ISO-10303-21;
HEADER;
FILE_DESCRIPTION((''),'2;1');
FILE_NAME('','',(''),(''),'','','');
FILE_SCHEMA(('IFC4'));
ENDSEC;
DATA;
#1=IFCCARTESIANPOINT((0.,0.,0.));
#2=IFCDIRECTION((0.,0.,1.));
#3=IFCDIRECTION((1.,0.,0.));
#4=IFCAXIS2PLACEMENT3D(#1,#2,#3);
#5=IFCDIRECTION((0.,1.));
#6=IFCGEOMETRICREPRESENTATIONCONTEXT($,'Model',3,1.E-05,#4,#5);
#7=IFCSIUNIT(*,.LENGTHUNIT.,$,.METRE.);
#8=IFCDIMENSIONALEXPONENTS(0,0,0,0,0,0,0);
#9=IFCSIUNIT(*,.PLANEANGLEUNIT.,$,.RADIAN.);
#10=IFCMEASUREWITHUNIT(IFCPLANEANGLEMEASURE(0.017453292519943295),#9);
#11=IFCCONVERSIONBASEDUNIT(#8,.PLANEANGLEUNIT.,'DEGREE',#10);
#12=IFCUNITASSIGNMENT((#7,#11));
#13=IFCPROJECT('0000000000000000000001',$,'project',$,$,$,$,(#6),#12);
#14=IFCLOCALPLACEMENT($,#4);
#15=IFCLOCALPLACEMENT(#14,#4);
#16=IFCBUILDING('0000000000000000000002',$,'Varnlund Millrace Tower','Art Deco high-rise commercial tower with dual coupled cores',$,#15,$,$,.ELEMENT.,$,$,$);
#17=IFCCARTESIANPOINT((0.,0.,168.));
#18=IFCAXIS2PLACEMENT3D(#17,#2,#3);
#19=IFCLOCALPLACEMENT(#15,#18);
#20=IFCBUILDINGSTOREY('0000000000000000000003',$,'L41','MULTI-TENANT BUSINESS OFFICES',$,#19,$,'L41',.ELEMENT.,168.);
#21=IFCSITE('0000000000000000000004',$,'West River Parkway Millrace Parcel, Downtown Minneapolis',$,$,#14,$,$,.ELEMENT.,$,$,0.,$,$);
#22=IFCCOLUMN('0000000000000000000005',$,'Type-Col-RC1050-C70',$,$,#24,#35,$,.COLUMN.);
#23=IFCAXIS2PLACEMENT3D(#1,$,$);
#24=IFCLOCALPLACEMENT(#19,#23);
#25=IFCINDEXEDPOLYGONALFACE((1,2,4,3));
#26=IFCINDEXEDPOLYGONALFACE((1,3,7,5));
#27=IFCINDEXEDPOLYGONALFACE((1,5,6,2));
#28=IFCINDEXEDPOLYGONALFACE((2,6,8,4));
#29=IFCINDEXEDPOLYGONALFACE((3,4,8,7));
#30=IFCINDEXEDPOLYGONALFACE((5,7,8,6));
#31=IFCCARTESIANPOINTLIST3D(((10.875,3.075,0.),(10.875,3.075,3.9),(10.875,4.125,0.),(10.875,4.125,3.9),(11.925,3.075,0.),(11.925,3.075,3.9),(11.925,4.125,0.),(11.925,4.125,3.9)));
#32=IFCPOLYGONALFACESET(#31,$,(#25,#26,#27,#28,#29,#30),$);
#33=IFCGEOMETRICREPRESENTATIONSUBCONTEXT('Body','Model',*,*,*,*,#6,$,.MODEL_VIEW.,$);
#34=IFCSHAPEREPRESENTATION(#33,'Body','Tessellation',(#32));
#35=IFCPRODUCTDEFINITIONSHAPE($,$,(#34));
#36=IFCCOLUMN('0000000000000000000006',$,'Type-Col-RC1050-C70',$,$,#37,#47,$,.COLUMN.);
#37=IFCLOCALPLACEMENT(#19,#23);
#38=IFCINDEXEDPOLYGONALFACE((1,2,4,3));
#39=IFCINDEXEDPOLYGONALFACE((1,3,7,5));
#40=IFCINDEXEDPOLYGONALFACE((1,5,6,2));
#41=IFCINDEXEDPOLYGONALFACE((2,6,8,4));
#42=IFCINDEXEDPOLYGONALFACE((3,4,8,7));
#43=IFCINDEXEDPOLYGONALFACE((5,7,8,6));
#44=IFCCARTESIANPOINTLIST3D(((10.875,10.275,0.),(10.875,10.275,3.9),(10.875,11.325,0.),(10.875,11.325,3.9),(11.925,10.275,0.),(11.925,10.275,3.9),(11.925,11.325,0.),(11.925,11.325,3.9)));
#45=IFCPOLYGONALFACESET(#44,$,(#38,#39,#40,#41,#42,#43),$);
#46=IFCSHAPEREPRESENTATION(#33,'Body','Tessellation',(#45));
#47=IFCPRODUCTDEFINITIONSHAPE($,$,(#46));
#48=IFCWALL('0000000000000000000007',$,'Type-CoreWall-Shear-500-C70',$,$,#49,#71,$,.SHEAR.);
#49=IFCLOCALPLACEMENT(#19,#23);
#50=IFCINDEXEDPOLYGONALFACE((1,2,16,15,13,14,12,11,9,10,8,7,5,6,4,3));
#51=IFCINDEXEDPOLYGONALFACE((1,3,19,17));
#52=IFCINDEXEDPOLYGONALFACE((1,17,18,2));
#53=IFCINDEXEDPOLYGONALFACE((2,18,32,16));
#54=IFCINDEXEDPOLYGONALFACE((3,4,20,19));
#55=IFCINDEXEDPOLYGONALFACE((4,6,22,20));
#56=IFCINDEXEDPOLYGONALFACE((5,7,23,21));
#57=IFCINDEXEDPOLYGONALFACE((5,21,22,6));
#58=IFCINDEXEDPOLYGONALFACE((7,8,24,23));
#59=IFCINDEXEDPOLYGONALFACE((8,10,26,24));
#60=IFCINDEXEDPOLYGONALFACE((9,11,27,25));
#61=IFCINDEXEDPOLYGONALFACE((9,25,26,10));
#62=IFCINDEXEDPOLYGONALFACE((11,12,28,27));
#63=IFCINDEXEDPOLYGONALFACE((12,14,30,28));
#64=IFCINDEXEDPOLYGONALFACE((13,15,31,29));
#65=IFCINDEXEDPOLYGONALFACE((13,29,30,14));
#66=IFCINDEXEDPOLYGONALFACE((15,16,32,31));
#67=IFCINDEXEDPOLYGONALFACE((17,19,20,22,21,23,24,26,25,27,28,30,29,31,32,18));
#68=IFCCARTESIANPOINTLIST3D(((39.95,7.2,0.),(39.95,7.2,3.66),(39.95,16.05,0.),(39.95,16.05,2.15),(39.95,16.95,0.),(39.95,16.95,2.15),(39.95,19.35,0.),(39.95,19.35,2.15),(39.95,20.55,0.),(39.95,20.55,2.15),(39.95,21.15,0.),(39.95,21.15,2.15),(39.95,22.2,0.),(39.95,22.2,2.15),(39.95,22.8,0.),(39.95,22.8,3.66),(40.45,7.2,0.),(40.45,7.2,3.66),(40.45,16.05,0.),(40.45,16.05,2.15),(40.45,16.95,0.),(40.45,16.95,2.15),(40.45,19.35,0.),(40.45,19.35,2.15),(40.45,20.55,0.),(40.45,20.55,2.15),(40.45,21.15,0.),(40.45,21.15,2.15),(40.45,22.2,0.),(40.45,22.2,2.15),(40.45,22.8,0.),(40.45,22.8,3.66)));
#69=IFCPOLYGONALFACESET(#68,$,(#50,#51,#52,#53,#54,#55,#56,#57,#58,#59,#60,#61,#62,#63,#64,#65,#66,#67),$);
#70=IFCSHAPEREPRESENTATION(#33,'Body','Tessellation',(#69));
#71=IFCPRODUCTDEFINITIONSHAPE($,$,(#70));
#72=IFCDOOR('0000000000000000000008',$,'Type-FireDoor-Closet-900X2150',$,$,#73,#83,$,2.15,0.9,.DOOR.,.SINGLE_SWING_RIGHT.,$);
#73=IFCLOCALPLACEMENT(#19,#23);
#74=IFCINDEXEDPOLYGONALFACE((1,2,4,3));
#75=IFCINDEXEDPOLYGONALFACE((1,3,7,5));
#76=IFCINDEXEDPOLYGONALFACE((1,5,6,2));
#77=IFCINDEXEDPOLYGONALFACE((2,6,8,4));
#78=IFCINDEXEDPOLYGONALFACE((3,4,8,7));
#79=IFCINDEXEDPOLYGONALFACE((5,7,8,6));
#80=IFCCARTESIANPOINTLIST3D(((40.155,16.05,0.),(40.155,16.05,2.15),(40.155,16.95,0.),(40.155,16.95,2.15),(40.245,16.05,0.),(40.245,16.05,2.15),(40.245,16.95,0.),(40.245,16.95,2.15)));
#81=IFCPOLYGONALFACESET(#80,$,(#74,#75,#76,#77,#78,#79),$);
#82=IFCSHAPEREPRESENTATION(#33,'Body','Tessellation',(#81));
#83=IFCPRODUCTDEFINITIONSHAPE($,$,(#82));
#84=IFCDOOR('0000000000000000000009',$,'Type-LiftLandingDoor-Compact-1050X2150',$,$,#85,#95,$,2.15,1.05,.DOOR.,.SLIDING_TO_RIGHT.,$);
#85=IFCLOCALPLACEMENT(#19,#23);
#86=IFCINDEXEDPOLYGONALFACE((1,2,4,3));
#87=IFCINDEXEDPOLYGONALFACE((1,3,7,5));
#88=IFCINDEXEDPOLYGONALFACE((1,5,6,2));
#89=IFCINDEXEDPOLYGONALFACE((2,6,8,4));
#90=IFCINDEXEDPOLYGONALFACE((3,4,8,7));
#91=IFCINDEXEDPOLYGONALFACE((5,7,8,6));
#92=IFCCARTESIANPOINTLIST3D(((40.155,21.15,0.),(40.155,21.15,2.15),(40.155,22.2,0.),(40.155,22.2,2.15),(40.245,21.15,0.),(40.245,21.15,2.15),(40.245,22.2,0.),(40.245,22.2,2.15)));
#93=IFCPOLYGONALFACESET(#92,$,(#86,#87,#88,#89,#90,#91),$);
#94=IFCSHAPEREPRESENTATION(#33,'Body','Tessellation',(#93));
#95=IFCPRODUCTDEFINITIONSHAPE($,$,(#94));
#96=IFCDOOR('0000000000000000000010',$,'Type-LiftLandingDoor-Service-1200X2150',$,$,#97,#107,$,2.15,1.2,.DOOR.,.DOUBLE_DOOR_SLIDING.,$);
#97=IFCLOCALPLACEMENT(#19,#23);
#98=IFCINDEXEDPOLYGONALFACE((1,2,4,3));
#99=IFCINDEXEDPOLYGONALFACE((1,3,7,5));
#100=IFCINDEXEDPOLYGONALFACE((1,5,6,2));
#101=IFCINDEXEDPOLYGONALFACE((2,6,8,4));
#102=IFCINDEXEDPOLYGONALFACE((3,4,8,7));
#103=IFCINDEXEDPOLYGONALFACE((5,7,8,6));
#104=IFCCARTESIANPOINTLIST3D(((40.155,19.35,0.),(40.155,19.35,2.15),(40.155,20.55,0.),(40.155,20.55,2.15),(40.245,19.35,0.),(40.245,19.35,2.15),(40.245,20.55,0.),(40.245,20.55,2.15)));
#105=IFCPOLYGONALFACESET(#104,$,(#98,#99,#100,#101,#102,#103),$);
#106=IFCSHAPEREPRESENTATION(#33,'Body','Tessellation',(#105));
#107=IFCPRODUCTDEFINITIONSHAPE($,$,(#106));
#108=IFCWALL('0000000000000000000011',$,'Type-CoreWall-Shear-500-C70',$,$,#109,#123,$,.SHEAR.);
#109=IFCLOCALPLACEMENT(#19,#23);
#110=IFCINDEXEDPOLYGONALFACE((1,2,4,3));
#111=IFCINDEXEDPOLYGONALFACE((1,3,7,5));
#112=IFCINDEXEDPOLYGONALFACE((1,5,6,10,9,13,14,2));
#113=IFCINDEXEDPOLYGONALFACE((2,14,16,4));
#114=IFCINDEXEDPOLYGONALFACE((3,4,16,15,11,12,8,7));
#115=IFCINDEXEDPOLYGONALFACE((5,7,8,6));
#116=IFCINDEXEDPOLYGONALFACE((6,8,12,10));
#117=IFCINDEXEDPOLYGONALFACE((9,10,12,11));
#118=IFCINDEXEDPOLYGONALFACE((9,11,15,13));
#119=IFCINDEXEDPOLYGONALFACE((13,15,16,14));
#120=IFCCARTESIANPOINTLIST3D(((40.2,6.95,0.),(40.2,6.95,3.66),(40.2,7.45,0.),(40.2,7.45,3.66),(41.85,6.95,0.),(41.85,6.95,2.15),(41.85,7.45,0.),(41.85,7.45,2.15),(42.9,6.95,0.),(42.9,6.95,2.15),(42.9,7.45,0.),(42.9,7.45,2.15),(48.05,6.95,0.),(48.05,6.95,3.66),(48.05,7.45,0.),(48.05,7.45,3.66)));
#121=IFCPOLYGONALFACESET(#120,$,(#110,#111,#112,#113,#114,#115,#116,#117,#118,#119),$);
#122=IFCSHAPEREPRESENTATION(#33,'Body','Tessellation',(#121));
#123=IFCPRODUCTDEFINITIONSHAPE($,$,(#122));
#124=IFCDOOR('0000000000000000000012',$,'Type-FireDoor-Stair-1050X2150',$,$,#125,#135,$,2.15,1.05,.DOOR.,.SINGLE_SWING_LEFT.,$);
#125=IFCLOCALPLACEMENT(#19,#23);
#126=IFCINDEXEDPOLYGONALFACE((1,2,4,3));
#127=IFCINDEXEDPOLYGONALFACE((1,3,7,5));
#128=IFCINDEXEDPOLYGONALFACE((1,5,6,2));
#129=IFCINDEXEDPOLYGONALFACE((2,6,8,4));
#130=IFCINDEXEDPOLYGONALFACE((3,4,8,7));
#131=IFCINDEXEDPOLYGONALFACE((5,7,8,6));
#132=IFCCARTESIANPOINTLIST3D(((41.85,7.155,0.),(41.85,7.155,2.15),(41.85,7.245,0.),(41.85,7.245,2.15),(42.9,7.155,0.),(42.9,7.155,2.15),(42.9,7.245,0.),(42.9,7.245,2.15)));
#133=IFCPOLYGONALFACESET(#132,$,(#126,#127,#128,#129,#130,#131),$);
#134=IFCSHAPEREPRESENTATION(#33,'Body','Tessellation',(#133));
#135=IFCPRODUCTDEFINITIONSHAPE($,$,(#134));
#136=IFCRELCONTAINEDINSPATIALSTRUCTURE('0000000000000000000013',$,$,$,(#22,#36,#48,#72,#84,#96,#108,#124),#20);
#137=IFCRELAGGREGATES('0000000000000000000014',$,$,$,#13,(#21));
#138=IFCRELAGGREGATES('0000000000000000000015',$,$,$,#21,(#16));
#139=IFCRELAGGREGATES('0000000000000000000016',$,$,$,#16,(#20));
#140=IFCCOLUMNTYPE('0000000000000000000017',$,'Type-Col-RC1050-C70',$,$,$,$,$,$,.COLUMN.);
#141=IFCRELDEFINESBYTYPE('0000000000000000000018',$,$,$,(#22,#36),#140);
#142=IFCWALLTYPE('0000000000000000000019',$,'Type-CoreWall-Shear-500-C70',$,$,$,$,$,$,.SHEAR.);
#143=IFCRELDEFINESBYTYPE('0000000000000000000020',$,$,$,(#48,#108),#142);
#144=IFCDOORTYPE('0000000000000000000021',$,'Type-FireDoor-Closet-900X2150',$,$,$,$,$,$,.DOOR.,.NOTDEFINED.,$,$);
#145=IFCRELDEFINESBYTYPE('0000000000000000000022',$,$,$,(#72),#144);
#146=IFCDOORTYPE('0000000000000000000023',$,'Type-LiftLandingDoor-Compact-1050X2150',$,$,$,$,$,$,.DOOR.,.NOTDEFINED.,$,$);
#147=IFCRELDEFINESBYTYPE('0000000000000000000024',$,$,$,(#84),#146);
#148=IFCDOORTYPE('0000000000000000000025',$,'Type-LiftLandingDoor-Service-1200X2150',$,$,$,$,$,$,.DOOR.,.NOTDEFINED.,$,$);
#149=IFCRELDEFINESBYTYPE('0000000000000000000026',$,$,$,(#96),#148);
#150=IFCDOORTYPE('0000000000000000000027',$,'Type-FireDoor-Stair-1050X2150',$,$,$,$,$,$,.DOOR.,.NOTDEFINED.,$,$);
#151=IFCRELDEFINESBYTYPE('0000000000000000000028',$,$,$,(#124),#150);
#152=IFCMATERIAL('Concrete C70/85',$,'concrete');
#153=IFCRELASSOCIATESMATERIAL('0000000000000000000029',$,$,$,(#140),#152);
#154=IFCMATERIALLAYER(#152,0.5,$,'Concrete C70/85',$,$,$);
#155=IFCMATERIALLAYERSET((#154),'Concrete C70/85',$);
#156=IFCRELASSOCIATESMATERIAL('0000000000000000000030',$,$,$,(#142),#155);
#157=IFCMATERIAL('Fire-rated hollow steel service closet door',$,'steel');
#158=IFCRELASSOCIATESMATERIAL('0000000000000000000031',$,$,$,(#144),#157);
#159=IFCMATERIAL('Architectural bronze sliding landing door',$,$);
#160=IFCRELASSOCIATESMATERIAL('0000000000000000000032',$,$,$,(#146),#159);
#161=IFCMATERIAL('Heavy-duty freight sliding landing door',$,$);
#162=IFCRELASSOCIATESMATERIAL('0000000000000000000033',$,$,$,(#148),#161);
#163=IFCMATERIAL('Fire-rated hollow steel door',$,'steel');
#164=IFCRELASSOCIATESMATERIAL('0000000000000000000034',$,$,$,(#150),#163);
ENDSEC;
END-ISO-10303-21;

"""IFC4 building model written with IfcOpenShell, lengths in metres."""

from ifc_helpers import new_model, entity, si_unit, converted_unit, direction, frame, origin_with_axes, origin_2d_with_axis, place, context, subcontext, project, spatial, polyline, rectangle, outline, extrude, material, layer, layer_set, material_profile, profile_set, type_object, element, fill, save


model = new_model("IFC4")

# Units and contexts
model_context = context("Model", 3, precision=1e-05, world=origin_with_axes(), true_north=direction((0.0, 1.0)))
body_context = subcontext(model_context, "Body", "Model", "MODEL_VIEW")
ifc_project = project(units=[si_unit("LENGTHUNIT", "METRE"), converted_unit("PLANEANGLEUNIT", "DEGREE", entity("IfcPlaneAngleMeasure", 0.017453292519943295), si_unit("PLANEANGLEUNIT", "RADIAN"), dimensions=[0, 0, 0, 0, 0, 0, 0])], contexts=[model_context])

# Site, building, storey
site_placement = place(None, origin_with_axes())
site = spatial("IfcSite", under=ifc_project, at=site_placement, Name="West River Parkway Millrace Parcel, Downtown Minneapolis", CompositionType="ELEMENT", RefElevation=0.0)
building_placement = place(site_placement, origin_with_axes())
building = spatial("IfcBuilding", under=site, at=building_placement, Name="Varnlund Millrace Tower", Description="Art Deco high-rise commercial tower with dual coupled cores", CompositionType="ELEMENT")
storey_placement = place(building_placement, frame((0.0, 0.0, 168.0), z_axis=(0.0, 0.0, 1.0), x_axis=(1.0, 0.0, 0.0)))
storey = spatial("IfcBuildingStorey", under=building, at=storey_placement, Name="L41", Description="MULTI-TENANT BUSINESS OFFICES", LongName="L41", CompositionType="ELEMENT", Elevation=168.0)

# Columns
ifc_material_1 = material(Name="Concrete C70/85", Category="concrete")
ifc_material_profile = material_profile(ifc_material_1, rectangle(XDim=1.05, YDim=1.05, at=origin_2d_with_axis()), Name="Concrete C70/85")
ifc_profile_set = profile_set([ifc_material_profile], Name="Concrete C70/85")
column_type = type_object("IfcColumnType", Name="Type-Col-RC1050-C70", PredefinedType="COLUMN", material=ifc_profile_set)
for number, where, z_axis, x_axis, name in (
    (1, (11.4, 3.6, 0.0), (0.0, 0.0, 1.0), (1.0, 0.0, 0.0), "Type-Col-RC1050-C70"),
    (2, (11.4, 10.8, 0.0), (0.0, 0.0, 1.0), (1.0, 0.0, 0.0), "Type-Col-RC1050-C70"),
):
    element("IfcColumn", number, at=place(storey_placement, frame(where, z_axis=z_axis, x_axis=x_axis)), inside=storey, type_object=column_type, Name=name, PredefinedType="COLUMN", context=body_context, shape_type="SweptSolid", body=[
        extrude(rectangle(XDim=1.05, YDim=1.05, at=origin_2d_with_axis()), origin_with_axes(), (0.0, 0.0, 1.0), 3.9),
    ])

# Wall, openings, doors
ifc_layer_1 = layer(ifc_material_1, 0.5, Name="Concrete C70/85")
ifc_layer_set_1 = layer_set([ifc_layer_1], Name="Concrete C70/85")
wall_type_1 = type_object("IfcWallType", Name="Type-CoreWall-Shear-500-C70", PredefinedType="SHEAR", material=ifc_layer_set_1)
wall_1_placement = place(storey_placement, frame((40.2, 7.2, 0.0), z_axis=(0.0, 0.0, 1.0), x_axis=(0.0, 1.0, 0.0)))
wall_1 = element("IfcWall", 3, at=wall_1_placement, inside=storey, type_object=wall_type_1, Name="Type-CoreWall-Shear-500-C70", PredefinedType="SHEAR", context=body_context, shape_type="SweptSolid", body=[
    extrude(outline(polyline([(0.0, -0.25), (15.6, -0.25), (15.6, 0.25), (0.0, 0.25), (0.0, -0.25)])), origin_with_axes(), (0.0, 0.0, 1.0), 3.66),
])
opening_1_placement = place(wall_1_placement, frame((14.475, 0.0, 0.0), z_axis=(0.0, 0.0, 1.0), x_axis=(1.0, 0.0, 0.0)))
opening_1 = element("IfcOpeningElement", 4, at=opening_1_placement, cuts=wall_1, PredefinedType="OPENING", context=body_context, shape_type="SweptSolid", body=[
    extrude(rectangle(XDim=1.05, YDim=0.52, at=origin_2d_with_axis()), origin_with_axes(), (0.0, 0.0, 1.0), 2.15),
])
opening_2_placement = place(wall_1_placement, frame((12.75, 0.0, 0.0), z_axis=(0.0, 0.0, 1.0), x_axis=(1.0, 0.0, 0.0)))
opening_2 = element("IfcOpeningElement", 5, at=opening_2_placement, cuts=wall_1, PredefinedType="OPENING", context=body_context, shape_type="SweptSolid", body=[
    extrude(rectangle(XDim=1.2, YDim=0.52, at=origin_2d_with_axis()), origin_with_axes(), (0.0, 0.0, 1.0), 2.15),
])
opening_3_placement = place(wall_1_placement, frame((9.3, 0.0, 0.0), z_axis=(0.0, 0.0, 1.0), x_axis=(1.0, 0.0, 0.0)))
opening_3 = element("IfcOpeningElement", 6, at=opening_3_placement, cuts=wall_1, PredefinedType="OPENING", context=body_context, shape_type="SweptSolid", body=[
    extrude(rectangle(XDim=0.9, YDim=0.52, at=origin_2d_with_axis()), origin_with_axes(), (0.0, 0.0, 1.0), 2.15),
])
ifc_material_2 = material(Name="Fire-rated hollow steel service closet door", Category="steel")
door_type_1 = type_object("IfcDoorType", Name="Type-FireDoor-Closet-900X2150", OperationType="NOTDEFINED", PredefinedType="DOOR", material=ifc_material_2)
door_1_placement = place(wall_1_placement, frame((9.3, 0.0, 0.0), z_axis=(0.0, 0.0, 1.0), x_axis=(1.0, 0.0, 0.0)))
door_1 = element("IfcDoor", 7, at=door_1_placement, inside=storey, type_object=door_type_1, Name="Type-FireDoor-Closet-900X2150", OperationType="SINGLE_SWING_RIGHT", OverallHeight=2.15, OverallWidth=0.9, PredefinedType="DOOR", context=body_context, shape_type="SweptSolid", body=[
    extrude(rectangle(XDim=0.9, YDim=0.09, at=origin_2d_with_axis()), origin_with_axes(), (0.0, 0.0, 1.0), 2.15),
])
fill(opening_3, door_1)
ifc_material_3 = material(Name="Architectural bronze sliding landing door")
door_type_2 = type_object("IfcDoorType", Name="Type-LiftLandingDoor-Compact-1050X2150", OperationType="NOTDEFINED", PredefinedType="DOOR", material=ifc_material_3)
door_2_placement = place(wall_1_placement, frame((14.475, 0.0, 0.0), z_axis=(0.0, 0.0, 1.0), x_axis=(1.0, 0.0, 0.0)))
door_2 = element("IfcDoor", 8, at=door_2_placement, inside=storey, type_object=door_type_2, Name="Type-LiftLandingDoor-Compact-1050X2150", OperationType="SLIDING_TO_RIGHT", OverallHeight=2.15, OverallWidth=1.05, PredefinedType="DOOR", context=body_context, shape_type="SweptSolid", body=[
    extrude(rectangle(XDim=1.05, YDim=0.09, at=origin_2d_with_axis()), origin_with_axes(), (0.0, 0.0, 1.0), 2.15),
])
fill(opening_1, door_2)
ifc_material_4 = material(Name="Heavy-duty freight sliding landing door")
door_type_3 = type_object("IfcDoorType", Name="Type-LiftLandingDoor-Service-1200X2150", OperationType="NOTDEFINED", PredefinedType="DOOR", material=ifc_material_4)
door_3_placement = place(wall_1_placement, frame((12.75, 0.0, 0.0), z_axis=(0.0, 0.0, 1.0), x_axis=(1.0, 0.0, 0.0)))
door_3 = element("IfcDoor", 9, at=door_3_placement, inside=storey, type_object=door_type_3, Name="Type-LiftLandingDoor-Service-1200X2150", OperationType="DOUBLE_DOOR_SLIDING", OverallHeight=2.15, OverallWidth=1.2, PredefinedType="DOOR", context=body_context, shape_type="SweptSolid", body=[
    extrude(rectangle(XDim=1.2, YDim=0.09, at=origin_2d_with_axis()), origin_with_axes(), (0.0, 0.0, 1.0), 2.15),
])
fill(opening_2, door_3)

# Wall, opening, door
wall_2_placement = place(storey_placement, frame((40.2, 7.2, 0.0), z_axis=(0.0, 0.0, 1.0), x_axis=(1.0, 0.0, 0.0)))
wall_2 = element("IfcWall", 10, at=wall_2_placement, inside=storey, type_object=wall_type_1, Name="Type-CoreWall-Shear-500-C70", PredefinedType="SHEAR", context=body_context, shape_type="SweptSolid", body=[
    extrude(outline(polyline([(0.0, -0.25), (7.85, -0.25), (7.85, 0.25), (0.0, 0.25), (0.0, -0.25)])), origin_with_axes(), (0.0, 0.0, 1.0), 3.66),
])
opening_4_placement = place(wall_2_placement, frame((2.175, 0.0, 0.0), z_axis=(0.0, 0.0, 1.0), x_axis=(1.0, 0.0, 0.0)))
opening_4 = element("IfcOpeningElement", 11, at=opening_4_placement, cuts=wall_2, PredefinedType="OPENING", context=body_context, shape_type="SweptSolid", body=[
    extrude(rectangle(XDim=1.05, YDim=0.52, at=origin_2d_with_axis()), origin_with_axes(), (0.0, 0.0, 1.0), 2.15),
])
ifc_material_5 = material(Name="Fire-rated hollow steel door", Category="steel")
door_type_4 = type_object("IfcDoorType", Name="Type-FireDoor-Stair-1050X2150", OperationType="NOTDEFINED", PredefinedType="DOOR", material=ifc_material_5)
door_4_placement = place(wall_2_placement, frame((2.175, 0.0, 0.0), z_axis=(0.0, 0.0, 1.0), x_axis=(1.0, 0.0, 0.0)))
door_4 = element("IfcDoor", 12, at=door_4_placement, inside=storey, type_object=door_type_4, Name="Type-FireDoor-Stair-1050X2150", OperationType="SINGLE_SWING_LEFT", OverallHeight=2.15, OverallWidth=1.05, PredefinedType="DOOR", context=body_context, shape_type="SweptSolid", body=[
    extrude(rectangle(XDim=1.05, YDim=0.09, at=origin_2d_with_axis()), origin_with_axes(), (0.0, 0.0, 1.0), 2.15),
])
fill(opening_4, door_4)

save(model, "model.ifc")
